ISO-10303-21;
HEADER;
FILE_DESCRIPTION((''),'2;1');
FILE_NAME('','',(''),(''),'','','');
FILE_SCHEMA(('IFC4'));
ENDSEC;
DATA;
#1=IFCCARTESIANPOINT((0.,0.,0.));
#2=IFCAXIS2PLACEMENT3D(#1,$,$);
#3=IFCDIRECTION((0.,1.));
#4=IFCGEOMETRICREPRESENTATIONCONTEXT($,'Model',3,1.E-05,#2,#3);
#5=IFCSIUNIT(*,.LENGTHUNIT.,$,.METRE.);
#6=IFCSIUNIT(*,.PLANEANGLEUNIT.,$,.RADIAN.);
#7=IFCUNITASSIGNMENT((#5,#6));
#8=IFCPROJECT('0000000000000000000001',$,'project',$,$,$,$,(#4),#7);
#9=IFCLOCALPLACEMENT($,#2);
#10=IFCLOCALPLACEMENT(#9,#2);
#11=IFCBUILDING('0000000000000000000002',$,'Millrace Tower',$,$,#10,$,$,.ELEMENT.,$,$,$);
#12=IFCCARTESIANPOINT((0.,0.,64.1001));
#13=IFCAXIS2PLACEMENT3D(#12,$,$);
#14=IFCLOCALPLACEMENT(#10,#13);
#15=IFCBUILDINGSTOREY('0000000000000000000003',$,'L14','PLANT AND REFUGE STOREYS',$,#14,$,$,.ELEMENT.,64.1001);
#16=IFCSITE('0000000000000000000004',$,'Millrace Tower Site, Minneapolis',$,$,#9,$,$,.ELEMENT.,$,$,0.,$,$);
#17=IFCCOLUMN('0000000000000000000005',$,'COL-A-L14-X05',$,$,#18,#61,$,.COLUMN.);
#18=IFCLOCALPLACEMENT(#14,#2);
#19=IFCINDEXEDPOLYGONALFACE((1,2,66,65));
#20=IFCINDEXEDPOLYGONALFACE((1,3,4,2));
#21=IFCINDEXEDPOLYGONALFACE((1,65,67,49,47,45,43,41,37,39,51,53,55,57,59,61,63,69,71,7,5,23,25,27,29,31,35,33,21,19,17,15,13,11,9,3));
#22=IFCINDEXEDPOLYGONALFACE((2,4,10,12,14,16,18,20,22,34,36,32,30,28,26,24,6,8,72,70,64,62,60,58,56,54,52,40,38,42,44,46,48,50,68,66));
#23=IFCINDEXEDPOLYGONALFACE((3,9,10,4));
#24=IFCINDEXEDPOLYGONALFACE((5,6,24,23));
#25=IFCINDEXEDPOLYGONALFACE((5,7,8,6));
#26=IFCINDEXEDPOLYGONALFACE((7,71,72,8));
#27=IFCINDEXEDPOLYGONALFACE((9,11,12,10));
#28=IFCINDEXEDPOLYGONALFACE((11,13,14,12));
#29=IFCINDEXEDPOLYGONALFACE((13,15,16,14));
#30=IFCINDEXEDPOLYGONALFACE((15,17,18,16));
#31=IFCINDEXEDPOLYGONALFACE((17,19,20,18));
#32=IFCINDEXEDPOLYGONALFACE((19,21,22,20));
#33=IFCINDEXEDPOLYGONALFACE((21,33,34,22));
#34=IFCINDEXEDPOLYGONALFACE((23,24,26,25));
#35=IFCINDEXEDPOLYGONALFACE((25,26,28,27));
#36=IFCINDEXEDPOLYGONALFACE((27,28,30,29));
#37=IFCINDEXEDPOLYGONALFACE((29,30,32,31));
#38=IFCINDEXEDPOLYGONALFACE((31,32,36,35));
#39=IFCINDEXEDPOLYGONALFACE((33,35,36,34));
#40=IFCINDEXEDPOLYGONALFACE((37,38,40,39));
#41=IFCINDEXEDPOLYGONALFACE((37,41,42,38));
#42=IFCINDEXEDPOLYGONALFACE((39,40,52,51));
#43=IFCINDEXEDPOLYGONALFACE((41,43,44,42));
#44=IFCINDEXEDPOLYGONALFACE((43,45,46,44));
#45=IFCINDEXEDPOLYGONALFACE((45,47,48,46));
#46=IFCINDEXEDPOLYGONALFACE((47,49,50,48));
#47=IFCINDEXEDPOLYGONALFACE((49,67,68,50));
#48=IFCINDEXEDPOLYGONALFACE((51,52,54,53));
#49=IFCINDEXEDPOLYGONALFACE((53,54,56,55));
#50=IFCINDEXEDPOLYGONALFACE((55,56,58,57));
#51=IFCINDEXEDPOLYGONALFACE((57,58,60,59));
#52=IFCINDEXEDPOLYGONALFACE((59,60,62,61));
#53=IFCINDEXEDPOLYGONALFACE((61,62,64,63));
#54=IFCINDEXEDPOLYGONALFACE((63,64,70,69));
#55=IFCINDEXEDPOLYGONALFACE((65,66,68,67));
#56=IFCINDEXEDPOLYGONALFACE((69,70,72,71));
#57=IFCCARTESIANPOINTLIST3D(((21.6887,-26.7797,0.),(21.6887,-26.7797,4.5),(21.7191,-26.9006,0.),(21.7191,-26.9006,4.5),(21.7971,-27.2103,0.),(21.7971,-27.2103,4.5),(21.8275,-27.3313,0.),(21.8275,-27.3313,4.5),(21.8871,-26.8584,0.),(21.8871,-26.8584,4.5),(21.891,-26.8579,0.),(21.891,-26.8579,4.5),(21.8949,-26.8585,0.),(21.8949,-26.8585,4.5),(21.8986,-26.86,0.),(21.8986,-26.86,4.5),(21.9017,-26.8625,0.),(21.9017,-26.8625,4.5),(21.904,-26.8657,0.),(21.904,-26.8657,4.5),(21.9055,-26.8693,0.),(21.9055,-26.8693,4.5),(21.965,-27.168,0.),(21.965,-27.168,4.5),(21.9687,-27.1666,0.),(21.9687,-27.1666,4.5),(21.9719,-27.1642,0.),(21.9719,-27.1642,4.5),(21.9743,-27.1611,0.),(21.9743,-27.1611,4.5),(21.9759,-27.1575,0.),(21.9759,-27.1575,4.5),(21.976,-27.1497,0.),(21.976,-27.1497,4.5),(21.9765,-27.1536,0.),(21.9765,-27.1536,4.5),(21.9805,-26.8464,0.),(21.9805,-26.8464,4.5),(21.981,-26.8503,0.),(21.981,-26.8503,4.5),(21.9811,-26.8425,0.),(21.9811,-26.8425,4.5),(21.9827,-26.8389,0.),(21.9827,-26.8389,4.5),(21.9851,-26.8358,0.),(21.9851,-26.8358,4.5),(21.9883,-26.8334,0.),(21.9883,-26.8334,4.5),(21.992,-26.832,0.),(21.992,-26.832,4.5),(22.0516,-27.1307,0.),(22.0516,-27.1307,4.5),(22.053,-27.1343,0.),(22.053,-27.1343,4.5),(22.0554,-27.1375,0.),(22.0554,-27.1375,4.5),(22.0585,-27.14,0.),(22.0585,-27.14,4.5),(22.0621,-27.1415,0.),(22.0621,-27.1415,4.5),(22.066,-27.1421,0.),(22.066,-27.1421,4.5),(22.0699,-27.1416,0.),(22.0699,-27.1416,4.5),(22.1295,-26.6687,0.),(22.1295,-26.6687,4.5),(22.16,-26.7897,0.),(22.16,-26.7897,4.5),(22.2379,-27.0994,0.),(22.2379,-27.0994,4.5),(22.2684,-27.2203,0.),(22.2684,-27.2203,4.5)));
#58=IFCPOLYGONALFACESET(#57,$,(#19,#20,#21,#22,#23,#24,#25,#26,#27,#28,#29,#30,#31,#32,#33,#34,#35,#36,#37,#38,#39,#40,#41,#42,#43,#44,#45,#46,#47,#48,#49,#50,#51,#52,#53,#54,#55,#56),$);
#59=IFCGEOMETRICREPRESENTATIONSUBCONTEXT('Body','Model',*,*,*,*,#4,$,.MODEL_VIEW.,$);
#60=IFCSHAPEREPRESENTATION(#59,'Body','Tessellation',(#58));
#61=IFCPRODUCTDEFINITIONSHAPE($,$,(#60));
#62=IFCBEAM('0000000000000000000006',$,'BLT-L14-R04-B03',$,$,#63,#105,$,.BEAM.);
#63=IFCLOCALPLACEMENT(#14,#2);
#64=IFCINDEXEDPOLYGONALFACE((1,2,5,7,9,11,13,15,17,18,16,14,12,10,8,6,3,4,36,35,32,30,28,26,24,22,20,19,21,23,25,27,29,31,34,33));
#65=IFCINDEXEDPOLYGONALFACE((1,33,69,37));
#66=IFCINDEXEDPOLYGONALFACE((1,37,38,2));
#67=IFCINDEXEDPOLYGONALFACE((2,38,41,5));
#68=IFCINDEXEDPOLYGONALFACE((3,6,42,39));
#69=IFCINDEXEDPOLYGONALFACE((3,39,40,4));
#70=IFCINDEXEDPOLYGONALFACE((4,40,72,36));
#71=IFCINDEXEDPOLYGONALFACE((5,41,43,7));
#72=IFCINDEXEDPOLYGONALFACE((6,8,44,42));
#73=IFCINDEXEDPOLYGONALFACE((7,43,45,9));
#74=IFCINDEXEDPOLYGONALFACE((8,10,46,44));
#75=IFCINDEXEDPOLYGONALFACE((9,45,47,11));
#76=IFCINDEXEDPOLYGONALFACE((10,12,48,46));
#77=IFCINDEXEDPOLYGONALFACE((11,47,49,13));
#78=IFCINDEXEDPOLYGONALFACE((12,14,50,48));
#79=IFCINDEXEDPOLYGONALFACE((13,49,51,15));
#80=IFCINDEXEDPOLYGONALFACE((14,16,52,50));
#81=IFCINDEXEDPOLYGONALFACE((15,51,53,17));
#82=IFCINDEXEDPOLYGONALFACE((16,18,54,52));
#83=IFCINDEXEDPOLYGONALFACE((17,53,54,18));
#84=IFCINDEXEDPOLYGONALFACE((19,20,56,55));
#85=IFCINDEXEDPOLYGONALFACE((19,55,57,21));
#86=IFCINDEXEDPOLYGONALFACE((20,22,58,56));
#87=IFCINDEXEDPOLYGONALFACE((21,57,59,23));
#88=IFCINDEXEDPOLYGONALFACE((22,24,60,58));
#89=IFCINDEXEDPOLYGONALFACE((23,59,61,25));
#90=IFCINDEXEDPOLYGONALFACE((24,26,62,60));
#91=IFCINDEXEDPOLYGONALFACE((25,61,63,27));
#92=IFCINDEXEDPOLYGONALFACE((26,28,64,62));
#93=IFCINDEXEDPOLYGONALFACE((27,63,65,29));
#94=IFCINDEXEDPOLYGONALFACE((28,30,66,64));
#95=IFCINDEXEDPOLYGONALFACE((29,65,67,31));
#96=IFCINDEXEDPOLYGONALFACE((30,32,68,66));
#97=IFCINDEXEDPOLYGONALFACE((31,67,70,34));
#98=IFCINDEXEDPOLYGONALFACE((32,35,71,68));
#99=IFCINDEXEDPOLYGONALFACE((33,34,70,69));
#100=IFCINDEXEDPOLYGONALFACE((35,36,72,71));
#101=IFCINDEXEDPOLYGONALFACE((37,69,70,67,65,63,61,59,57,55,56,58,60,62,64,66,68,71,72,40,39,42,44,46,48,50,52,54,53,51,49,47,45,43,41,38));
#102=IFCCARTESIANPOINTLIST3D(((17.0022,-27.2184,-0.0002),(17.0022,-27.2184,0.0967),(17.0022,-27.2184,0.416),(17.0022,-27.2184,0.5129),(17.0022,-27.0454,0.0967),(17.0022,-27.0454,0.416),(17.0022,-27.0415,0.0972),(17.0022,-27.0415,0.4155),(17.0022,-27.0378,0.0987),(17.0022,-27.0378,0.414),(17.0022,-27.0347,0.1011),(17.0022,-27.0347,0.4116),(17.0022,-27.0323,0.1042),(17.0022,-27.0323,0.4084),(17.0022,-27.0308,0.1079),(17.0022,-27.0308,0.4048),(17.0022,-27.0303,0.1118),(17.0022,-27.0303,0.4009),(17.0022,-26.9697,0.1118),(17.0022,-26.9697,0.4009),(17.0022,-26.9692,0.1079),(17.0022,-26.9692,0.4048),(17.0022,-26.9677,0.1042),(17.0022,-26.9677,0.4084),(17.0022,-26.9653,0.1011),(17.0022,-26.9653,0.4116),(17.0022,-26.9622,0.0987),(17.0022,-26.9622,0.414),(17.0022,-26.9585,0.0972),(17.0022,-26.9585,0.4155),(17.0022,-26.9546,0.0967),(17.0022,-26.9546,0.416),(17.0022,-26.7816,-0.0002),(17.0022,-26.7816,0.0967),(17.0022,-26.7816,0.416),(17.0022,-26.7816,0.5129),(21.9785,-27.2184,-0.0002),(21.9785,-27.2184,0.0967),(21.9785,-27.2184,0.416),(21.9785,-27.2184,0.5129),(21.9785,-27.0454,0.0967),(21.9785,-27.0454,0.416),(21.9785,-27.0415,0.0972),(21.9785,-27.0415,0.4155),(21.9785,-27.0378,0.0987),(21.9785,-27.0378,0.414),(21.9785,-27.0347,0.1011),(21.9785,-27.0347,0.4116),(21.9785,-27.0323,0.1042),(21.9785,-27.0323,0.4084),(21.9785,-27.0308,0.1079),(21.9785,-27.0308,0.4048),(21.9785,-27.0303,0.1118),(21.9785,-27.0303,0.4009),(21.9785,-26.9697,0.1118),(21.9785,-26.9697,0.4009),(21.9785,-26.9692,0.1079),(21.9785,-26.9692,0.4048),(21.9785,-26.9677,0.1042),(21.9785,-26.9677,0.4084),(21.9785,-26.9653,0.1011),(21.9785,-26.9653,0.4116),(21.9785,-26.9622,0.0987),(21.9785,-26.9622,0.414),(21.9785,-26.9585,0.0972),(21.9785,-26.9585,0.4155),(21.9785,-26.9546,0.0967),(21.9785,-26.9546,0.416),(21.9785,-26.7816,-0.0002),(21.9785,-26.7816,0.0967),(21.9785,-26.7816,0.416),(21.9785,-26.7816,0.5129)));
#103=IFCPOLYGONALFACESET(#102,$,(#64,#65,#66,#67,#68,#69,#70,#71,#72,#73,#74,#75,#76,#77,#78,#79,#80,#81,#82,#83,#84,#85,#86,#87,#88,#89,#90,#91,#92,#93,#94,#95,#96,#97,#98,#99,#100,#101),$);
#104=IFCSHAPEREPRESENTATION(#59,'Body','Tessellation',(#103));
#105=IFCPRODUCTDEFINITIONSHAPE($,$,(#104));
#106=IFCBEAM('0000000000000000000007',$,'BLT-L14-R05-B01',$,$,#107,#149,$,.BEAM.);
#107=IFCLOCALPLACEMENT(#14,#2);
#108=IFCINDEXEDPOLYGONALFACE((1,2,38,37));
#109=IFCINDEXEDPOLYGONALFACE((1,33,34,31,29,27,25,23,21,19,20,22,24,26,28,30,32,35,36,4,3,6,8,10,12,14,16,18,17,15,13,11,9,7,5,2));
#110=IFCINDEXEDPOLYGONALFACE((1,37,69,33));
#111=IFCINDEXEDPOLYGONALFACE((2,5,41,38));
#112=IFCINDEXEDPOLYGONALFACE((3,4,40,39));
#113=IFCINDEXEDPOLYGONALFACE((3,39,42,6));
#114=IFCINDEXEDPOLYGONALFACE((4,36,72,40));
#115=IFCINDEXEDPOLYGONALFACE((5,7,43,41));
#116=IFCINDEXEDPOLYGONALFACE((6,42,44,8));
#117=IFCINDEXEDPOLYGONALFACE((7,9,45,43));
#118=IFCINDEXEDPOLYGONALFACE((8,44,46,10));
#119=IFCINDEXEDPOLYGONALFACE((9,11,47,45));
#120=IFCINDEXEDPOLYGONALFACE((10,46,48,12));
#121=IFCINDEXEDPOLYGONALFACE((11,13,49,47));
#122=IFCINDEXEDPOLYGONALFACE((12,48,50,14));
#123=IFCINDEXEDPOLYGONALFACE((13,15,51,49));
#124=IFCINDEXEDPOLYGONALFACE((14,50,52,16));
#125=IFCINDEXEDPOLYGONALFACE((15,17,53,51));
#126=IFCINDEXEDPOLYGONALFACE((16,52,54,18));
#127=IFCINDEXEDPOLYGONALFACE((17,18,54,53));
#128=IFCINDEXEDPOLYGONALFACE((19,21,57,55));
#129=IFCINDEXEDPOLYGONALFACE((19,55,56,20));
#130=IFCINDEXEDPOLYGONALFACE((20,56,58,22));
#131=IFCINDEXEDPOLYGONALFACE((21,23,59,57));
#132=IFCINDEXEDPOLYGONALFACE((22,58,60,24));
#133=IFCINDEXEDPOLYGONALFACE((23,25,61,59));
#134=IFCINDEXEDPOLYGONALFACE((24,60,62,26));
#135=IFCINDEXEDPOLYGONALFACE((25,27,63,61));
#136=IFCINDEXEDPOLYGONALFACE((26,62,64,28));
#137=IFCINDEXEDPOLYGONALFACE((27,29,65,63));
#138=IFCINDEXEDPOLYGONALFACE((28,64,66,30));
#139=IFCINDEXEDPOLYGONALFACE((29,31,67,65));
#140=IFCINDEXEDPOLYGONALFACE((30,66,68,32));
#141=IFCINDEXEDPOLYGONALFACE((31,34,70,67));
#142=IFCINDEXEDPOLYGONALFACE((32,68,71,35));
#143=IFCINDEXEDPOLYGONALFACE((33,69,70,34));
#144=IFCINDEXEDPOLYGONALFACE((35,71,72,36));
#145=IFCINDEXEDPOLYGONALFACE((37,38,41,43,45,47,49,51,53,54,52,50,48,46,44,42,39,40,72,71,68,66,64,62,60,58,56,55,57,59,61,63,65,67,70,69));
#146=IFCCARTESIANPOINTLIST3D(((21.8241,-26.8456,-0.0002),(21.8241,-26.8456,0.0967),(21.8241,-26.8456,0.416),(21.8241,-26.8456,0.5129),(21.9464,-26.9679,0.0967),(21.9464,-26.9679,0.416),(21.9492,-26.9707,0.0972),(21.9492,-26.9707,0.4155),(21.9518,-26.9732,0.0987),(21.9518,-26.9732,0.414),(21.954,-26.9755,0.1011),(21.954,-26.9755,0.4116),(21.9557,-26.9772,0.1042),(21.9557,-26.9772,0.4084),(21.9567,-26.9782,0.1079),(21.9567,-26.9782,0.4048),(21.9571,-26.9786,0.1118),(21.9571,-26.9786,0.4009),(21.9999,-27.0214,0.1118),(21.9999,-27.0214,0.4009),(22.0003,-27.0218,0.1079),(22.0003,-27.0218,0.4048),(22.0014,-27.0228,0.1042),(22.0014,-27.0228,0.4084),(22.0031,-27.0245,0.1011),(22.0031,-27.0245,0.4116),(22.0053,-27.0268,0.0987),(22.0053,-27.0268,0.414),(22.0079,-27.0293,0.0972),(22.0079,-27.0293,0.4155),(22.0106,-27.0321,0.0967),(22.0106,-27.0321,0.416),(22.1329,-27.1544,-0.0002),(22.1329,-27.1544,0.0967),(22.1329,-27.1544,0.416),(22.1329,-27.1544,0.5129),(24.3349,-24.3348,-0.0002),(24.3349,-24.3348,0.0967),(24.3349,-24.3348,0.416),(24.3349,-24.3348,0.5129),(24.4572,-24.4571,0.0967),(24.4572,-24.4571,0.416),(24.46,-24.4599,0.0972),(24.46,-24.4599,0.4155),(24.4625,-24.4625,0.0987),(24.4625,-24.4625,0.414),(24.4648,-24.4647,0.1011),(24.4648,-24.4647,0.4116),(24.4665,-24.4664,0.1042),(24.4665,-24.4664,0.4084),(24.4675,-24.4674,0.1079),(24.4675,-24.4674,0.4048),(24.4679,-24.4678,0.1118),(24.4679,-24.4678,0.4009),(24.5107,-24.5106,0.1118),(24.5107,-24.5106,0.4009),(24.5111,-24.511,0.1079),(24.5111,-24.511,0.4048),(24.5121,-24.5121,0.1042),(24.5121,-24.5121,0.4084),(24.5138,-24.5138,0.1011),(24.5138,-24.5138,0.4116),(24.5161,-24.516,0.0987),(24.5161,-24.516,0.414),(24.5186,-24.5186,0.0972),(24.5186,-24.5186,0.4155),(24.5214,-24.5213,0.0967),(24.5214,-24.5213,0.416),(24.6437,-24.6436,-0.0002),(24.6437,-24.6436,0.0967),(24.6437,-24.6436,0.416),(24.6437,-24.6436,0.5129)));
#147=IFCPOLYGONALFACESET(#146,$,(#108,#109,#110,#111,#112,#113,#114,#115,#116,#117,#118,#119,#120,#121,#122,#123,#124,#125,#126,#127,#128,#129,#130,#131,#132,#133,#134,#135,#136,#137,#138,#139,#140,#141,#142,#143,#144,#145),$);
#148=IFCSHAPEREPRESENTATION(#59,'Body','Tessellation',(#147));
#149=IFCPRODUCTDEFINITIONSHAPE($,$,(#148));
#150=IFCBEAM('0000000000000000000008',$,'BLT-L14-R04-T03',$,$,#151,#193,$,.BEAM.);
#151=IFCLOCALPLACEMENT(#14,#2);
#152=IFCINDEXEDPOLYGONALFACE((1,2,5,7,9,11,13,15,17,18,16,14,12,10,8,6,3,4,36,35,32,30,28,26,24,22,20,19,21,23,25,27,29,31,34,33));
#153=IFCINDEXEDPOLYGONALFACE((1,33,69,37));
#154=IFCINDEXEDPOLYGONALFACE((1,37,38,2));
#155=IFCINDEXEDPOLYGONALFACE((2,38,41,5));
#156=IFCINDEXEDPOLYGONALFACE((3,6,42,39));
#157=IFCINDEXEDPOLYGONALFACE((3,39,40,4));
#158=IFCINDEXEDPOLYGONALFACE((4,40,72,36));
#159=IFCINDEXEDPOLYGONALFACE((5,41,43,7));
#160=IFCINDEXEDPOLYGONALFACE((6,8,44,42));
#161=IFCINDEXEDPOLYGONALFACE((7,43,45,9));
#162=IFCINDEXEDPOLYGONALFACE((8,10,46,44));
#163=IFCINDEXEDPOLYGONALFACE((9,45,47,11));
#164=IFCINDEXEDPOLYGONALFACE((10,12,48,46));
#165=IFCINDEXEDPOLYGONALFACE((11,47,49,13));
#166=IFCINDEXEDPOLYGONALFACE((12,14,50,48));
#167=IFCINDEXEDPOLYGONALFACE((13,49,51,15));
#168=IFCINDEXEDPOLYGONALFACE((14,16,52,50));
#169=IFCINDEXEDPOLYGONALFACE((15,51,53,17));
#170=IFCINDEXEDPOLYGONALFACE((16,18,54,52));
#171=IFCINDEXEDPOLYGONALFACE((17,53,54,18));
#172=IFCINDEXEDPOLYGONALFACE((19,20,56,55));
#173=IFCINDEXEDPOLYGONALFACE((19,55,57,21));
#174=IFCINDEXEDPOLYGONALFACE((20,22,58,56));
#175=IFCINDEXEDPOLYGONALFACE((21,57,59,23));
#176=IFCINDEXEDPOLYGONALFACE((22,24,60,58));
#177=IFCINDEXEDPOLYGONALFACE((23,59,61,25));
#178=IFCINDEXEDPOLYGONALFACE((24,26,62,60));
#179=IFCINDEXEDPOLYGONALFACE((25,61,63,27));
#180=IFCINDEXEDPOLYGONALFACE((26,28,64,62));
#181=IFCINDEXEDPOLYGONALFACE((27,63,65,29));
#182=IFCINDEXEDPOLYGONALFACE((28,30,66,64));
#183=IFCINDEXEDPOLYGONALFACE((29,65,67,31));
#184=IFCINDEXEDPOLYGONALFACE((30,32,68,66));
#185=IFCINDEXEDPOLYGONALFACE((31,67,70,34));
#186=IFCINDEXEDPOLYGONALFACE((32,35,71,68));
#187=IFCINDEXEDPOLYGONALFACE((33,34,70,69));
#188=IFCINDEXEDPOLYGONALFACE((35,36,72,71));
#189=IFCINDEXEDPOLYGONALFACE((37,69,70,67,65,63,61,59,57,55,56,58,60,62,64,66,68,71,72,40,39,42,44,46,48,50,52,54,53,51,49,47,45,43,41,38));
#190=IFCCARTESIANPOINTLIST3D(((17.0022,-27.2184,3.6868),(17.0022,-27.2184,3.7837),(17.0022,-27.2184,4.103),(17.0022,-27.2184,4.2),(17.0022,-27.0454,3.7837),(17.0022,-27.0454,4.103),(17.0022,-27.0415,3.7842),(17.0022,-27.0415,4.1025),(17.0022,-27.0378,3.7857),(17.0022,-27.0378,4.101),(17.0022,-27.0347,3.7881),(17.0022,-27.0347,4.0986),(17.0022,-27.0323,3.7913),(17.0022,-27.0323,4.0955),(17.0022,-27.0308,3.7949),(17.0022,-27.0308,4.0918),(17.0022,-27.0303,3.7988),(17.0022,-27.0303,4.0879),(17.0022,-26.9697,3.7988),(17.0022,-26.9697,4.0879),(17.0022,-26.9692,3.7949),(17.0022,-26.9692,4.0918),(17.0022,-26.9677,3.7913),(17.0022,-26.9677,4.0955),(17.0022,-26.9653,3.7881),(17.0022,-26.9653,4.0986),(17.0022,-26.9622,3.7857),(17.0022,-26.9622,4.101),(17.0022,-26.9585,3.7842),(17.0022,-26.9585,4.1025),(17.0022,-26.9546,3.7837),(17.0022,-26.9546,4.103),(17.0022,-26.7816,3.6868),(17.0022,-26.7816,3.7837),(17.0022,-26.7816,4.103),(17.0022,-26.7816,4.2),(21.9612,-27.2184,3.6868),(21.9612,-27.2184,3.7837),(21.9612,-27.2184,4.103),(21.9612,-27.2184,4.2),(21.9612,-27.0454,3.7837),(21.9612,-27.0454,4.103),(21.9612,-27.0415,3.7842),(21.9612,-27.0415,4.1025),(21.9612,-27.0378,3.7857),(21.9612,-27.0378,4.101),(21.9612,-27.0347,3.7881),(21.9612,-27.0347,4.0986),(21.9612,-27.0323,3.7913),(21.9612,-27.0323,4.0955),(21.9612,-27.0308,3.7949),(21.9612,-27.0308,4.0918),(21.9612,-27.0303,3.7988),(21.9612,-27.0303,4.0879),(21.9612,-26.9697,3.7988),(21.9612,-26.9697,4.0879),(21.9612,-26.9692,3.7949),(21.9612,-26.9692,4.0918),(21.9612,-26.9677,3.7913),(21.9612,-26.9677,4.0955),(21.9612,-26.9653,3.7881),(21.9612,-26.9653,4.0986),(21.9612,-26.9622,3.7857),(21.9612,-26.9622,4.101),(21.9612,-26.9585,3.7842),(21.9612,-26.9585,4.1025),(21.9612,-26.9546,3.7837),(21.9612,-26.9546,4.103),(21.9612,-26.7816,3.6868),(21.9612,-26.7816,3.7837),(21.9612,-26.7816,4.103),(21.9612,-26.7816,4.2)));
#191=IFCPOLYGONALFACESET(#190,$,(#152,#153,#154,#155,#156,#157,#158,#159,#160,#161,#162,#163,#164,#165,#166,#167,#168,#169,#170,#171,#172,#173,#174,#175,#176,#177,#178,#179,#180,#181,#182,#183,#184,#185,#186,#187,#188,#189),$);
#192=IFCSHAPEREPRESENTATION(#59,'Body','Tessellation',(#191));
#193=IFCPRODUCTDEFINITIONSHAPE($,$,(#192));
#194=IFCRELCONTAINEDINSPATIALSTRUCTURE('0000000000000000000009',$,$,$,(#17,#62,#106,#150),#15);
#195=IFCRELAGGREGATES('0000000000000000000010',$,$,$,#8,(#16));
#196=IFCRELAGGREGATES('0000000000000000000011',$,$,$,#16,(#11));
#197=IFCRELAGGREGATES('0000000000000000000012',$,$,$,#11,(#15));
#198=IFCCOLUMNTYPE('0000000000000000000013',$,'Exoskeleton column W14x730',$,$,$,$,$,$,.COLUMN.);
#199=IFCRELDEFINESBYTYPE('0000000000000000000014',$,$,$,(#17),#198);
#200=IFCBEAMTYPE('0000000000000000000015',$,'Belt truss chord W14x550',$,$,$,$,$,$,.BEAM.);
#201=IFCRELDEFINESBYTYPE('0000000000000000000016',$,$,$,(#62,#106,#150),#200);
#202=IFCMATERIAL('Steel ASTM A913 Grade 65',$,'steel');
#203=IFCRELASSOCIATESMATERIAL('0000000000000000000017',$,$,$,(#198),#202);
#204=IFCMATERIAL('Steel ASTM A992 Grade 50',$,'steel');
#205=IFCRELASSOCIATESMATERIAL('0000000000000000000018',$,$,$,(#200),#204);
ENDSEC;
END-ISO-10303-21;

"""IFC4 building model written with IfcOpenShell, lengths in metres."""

from ifc_helpers import new_model, si_unit, direction, frame, origin, origin_2d, place, context, subcontext, project, spatial, i_section, extrude, material, material_profile, profile_set, type_object, element, save


model = new_model("IFC4")

# Units and contexts
model_context = context("Model", 3, precision=1e-05, world=origin(), true_north=direction((0.0, 1.0)))
body_context = subcontext(model_context, "Body", "Model", "MODEL_VIEW")
ifc_project = project(units=[si_unit("LENGTHUNIT", "METRE"), si_unit("PLANEANGLEUNIT", "RADIAN")], contexts=[model_context])

# Site, building, storey
site_placement = place(None, origin())
site = spatial("IfcSite", under=ifc_project, at=site_placement, Name="Millrace Tower Site, Minneapolis", CompositionType="ELEMENT", RefElevation=0.0)
building_placement = place(site_placement, origin())
building = spatial("IfcBuilding", under=site, at=building_placement, Name="Millrace Tower", CompositionType="ELEMENT")
storey_placement = place(building_placement, frame((0.0, 0.0, 64.1001)))
storey = spatial("IfcBuildingStorey", under=building, at=storey_placement, Name="L14", Description="PLANT AND REFUGE STOREYS", CompositionType="ELEMENT", Elevation=64.1001)

# Column
ifc_material_1 = material(Name="Steel ASTM A913 Grade 65", Category="steel")
ifc_material_profile_1 = material_profile(ifc_material_1, i_section(OverallWidth=0.4546, OverallDepth=0.5688, WebThickness=0.0779, FlangeThickness=0.1248, FilletRadius=0.0151, at=origin_2d()))
ifc_profile_set_1 = profile_set([ifc_material_profile_1], Name="Steel ASTM A913 Grade 65")
column_type = type_object("IfcColumnType", Name="Exoskeleton column W14x730", PredefinedType="COLUMN", material=ifc_profile_set_1)
column_placement = place(storey_placement, frame((21.9785, -27.0, 0.0), z_axis=(0.0, 0.0, 1.0), x_axis=(0.969752, 0.244094, 0.0)))
element("IfcColumn", 1, at=column_placement, inside=storey, type_object=column_type, Name="COL-A-L14-X05", PredefinedType="COLUMN", context=body_context, shape_type="SweptSolid", body=[
    extrude(i_section(OverallWidth=0.4546, OverallDepth=0.5688, WebThickness=0.0779, FlangeThickness=0.1248, FilletRadius=0.0151, at=origin_2d()), origin(), (0.0, 0.0, 1.0), 4.5),
])

# Beams
ifc_material_2 = material(Name="Steel ASTM A992 Grade 50", Category="steel")
ifc_material_profile_2 = material_profile(ifc_material_2, i_section(OverallWidth=0.4368, OverallDepth=0.5132, WebThickness=0.0605, FlangeThickness=0.0969, FilletRadius=0.0151, at=origin_2d()))
ifc_profile_set_2 = profile_set([ifc_material_profile_2], Name="Steel ASTM A992 Grade 50")
beam_type_1 = type_object("IfcBeamType", Name="Belt truss chord W14x550", PredefinedType="BEAM", material=ifc_profile_set_2)
beam_1_placement = place(storey_placement, frame((17.0022, -27.0, 0.2563), z_axis=(1.0, 0.0, 0.0), x_axis=(0.0, 1.0, 0.0)))
element("IfcBeam", 2, at=beam_1_placement, inside=storey, type_object=beam_type_1, Name="BLT-L14-R04-B03", PredefinedType="BEAM", context=body_context, shape_type="SweptSolid", body=[
    extrude(i_section(OverallWidth=0.4368, OverallDepth=0.5132, WebThickness=0.0605, FlangeThickness=0.0969, FilletRadius=0.0151, at=origin_2d()), origin(), (0.0, 0.0, 1.0), 4.9763),
])
beam_2_placement = place(storey_placement, frame((21.9785, -27.0, 0.2563), z_axis=(0.707107, 0.707107, 0.0), x_axis=(-0.707107, 0.707107, 0.0)))
element("IfcBeam", 3, at=beam_2_placement, inside=storey, type_object=beam_type_1, Name="BLT-L14-R05-B01", PredefinedType="BEAM", context=body_context, shape_type="SweptSolid", body=[
    extrude(i_section(OverallWidth=0.4368, OverallDepth=0.5132, WebThickness=0.0605, FlangeThickness=0.0969, FilletRadius=0.0151, at=origin_2d()), origin(), (0.0, 0.0, 1.0), 3.5508),
])
beam_3_placement = place(storey_placement, frame((17.0022, -27.0, 3.9434), z_axis=(1.0, 0.0, 0.0), x_axis=(0.0, 1.0, 0.0)))
element("IfcBeam", 4, at=beam_3_placement, inside=storey, type_object=beam_type_1, Name="BLT-L14-R04-T03", PredefinedType="BEAM", context=body_context, shape_type="SweptSolid", body=[
    extrude(i_section(OverallWidth=0.4368, OverallDepth=0.5132, WebThickness=0.0605, FlangeThickness=0.0969, FilletRadius=0.0151, at=origin_2d()), origin(), (0.0, 0.0, 1.0), 4.959),
])

save(model, "model.ifc")
